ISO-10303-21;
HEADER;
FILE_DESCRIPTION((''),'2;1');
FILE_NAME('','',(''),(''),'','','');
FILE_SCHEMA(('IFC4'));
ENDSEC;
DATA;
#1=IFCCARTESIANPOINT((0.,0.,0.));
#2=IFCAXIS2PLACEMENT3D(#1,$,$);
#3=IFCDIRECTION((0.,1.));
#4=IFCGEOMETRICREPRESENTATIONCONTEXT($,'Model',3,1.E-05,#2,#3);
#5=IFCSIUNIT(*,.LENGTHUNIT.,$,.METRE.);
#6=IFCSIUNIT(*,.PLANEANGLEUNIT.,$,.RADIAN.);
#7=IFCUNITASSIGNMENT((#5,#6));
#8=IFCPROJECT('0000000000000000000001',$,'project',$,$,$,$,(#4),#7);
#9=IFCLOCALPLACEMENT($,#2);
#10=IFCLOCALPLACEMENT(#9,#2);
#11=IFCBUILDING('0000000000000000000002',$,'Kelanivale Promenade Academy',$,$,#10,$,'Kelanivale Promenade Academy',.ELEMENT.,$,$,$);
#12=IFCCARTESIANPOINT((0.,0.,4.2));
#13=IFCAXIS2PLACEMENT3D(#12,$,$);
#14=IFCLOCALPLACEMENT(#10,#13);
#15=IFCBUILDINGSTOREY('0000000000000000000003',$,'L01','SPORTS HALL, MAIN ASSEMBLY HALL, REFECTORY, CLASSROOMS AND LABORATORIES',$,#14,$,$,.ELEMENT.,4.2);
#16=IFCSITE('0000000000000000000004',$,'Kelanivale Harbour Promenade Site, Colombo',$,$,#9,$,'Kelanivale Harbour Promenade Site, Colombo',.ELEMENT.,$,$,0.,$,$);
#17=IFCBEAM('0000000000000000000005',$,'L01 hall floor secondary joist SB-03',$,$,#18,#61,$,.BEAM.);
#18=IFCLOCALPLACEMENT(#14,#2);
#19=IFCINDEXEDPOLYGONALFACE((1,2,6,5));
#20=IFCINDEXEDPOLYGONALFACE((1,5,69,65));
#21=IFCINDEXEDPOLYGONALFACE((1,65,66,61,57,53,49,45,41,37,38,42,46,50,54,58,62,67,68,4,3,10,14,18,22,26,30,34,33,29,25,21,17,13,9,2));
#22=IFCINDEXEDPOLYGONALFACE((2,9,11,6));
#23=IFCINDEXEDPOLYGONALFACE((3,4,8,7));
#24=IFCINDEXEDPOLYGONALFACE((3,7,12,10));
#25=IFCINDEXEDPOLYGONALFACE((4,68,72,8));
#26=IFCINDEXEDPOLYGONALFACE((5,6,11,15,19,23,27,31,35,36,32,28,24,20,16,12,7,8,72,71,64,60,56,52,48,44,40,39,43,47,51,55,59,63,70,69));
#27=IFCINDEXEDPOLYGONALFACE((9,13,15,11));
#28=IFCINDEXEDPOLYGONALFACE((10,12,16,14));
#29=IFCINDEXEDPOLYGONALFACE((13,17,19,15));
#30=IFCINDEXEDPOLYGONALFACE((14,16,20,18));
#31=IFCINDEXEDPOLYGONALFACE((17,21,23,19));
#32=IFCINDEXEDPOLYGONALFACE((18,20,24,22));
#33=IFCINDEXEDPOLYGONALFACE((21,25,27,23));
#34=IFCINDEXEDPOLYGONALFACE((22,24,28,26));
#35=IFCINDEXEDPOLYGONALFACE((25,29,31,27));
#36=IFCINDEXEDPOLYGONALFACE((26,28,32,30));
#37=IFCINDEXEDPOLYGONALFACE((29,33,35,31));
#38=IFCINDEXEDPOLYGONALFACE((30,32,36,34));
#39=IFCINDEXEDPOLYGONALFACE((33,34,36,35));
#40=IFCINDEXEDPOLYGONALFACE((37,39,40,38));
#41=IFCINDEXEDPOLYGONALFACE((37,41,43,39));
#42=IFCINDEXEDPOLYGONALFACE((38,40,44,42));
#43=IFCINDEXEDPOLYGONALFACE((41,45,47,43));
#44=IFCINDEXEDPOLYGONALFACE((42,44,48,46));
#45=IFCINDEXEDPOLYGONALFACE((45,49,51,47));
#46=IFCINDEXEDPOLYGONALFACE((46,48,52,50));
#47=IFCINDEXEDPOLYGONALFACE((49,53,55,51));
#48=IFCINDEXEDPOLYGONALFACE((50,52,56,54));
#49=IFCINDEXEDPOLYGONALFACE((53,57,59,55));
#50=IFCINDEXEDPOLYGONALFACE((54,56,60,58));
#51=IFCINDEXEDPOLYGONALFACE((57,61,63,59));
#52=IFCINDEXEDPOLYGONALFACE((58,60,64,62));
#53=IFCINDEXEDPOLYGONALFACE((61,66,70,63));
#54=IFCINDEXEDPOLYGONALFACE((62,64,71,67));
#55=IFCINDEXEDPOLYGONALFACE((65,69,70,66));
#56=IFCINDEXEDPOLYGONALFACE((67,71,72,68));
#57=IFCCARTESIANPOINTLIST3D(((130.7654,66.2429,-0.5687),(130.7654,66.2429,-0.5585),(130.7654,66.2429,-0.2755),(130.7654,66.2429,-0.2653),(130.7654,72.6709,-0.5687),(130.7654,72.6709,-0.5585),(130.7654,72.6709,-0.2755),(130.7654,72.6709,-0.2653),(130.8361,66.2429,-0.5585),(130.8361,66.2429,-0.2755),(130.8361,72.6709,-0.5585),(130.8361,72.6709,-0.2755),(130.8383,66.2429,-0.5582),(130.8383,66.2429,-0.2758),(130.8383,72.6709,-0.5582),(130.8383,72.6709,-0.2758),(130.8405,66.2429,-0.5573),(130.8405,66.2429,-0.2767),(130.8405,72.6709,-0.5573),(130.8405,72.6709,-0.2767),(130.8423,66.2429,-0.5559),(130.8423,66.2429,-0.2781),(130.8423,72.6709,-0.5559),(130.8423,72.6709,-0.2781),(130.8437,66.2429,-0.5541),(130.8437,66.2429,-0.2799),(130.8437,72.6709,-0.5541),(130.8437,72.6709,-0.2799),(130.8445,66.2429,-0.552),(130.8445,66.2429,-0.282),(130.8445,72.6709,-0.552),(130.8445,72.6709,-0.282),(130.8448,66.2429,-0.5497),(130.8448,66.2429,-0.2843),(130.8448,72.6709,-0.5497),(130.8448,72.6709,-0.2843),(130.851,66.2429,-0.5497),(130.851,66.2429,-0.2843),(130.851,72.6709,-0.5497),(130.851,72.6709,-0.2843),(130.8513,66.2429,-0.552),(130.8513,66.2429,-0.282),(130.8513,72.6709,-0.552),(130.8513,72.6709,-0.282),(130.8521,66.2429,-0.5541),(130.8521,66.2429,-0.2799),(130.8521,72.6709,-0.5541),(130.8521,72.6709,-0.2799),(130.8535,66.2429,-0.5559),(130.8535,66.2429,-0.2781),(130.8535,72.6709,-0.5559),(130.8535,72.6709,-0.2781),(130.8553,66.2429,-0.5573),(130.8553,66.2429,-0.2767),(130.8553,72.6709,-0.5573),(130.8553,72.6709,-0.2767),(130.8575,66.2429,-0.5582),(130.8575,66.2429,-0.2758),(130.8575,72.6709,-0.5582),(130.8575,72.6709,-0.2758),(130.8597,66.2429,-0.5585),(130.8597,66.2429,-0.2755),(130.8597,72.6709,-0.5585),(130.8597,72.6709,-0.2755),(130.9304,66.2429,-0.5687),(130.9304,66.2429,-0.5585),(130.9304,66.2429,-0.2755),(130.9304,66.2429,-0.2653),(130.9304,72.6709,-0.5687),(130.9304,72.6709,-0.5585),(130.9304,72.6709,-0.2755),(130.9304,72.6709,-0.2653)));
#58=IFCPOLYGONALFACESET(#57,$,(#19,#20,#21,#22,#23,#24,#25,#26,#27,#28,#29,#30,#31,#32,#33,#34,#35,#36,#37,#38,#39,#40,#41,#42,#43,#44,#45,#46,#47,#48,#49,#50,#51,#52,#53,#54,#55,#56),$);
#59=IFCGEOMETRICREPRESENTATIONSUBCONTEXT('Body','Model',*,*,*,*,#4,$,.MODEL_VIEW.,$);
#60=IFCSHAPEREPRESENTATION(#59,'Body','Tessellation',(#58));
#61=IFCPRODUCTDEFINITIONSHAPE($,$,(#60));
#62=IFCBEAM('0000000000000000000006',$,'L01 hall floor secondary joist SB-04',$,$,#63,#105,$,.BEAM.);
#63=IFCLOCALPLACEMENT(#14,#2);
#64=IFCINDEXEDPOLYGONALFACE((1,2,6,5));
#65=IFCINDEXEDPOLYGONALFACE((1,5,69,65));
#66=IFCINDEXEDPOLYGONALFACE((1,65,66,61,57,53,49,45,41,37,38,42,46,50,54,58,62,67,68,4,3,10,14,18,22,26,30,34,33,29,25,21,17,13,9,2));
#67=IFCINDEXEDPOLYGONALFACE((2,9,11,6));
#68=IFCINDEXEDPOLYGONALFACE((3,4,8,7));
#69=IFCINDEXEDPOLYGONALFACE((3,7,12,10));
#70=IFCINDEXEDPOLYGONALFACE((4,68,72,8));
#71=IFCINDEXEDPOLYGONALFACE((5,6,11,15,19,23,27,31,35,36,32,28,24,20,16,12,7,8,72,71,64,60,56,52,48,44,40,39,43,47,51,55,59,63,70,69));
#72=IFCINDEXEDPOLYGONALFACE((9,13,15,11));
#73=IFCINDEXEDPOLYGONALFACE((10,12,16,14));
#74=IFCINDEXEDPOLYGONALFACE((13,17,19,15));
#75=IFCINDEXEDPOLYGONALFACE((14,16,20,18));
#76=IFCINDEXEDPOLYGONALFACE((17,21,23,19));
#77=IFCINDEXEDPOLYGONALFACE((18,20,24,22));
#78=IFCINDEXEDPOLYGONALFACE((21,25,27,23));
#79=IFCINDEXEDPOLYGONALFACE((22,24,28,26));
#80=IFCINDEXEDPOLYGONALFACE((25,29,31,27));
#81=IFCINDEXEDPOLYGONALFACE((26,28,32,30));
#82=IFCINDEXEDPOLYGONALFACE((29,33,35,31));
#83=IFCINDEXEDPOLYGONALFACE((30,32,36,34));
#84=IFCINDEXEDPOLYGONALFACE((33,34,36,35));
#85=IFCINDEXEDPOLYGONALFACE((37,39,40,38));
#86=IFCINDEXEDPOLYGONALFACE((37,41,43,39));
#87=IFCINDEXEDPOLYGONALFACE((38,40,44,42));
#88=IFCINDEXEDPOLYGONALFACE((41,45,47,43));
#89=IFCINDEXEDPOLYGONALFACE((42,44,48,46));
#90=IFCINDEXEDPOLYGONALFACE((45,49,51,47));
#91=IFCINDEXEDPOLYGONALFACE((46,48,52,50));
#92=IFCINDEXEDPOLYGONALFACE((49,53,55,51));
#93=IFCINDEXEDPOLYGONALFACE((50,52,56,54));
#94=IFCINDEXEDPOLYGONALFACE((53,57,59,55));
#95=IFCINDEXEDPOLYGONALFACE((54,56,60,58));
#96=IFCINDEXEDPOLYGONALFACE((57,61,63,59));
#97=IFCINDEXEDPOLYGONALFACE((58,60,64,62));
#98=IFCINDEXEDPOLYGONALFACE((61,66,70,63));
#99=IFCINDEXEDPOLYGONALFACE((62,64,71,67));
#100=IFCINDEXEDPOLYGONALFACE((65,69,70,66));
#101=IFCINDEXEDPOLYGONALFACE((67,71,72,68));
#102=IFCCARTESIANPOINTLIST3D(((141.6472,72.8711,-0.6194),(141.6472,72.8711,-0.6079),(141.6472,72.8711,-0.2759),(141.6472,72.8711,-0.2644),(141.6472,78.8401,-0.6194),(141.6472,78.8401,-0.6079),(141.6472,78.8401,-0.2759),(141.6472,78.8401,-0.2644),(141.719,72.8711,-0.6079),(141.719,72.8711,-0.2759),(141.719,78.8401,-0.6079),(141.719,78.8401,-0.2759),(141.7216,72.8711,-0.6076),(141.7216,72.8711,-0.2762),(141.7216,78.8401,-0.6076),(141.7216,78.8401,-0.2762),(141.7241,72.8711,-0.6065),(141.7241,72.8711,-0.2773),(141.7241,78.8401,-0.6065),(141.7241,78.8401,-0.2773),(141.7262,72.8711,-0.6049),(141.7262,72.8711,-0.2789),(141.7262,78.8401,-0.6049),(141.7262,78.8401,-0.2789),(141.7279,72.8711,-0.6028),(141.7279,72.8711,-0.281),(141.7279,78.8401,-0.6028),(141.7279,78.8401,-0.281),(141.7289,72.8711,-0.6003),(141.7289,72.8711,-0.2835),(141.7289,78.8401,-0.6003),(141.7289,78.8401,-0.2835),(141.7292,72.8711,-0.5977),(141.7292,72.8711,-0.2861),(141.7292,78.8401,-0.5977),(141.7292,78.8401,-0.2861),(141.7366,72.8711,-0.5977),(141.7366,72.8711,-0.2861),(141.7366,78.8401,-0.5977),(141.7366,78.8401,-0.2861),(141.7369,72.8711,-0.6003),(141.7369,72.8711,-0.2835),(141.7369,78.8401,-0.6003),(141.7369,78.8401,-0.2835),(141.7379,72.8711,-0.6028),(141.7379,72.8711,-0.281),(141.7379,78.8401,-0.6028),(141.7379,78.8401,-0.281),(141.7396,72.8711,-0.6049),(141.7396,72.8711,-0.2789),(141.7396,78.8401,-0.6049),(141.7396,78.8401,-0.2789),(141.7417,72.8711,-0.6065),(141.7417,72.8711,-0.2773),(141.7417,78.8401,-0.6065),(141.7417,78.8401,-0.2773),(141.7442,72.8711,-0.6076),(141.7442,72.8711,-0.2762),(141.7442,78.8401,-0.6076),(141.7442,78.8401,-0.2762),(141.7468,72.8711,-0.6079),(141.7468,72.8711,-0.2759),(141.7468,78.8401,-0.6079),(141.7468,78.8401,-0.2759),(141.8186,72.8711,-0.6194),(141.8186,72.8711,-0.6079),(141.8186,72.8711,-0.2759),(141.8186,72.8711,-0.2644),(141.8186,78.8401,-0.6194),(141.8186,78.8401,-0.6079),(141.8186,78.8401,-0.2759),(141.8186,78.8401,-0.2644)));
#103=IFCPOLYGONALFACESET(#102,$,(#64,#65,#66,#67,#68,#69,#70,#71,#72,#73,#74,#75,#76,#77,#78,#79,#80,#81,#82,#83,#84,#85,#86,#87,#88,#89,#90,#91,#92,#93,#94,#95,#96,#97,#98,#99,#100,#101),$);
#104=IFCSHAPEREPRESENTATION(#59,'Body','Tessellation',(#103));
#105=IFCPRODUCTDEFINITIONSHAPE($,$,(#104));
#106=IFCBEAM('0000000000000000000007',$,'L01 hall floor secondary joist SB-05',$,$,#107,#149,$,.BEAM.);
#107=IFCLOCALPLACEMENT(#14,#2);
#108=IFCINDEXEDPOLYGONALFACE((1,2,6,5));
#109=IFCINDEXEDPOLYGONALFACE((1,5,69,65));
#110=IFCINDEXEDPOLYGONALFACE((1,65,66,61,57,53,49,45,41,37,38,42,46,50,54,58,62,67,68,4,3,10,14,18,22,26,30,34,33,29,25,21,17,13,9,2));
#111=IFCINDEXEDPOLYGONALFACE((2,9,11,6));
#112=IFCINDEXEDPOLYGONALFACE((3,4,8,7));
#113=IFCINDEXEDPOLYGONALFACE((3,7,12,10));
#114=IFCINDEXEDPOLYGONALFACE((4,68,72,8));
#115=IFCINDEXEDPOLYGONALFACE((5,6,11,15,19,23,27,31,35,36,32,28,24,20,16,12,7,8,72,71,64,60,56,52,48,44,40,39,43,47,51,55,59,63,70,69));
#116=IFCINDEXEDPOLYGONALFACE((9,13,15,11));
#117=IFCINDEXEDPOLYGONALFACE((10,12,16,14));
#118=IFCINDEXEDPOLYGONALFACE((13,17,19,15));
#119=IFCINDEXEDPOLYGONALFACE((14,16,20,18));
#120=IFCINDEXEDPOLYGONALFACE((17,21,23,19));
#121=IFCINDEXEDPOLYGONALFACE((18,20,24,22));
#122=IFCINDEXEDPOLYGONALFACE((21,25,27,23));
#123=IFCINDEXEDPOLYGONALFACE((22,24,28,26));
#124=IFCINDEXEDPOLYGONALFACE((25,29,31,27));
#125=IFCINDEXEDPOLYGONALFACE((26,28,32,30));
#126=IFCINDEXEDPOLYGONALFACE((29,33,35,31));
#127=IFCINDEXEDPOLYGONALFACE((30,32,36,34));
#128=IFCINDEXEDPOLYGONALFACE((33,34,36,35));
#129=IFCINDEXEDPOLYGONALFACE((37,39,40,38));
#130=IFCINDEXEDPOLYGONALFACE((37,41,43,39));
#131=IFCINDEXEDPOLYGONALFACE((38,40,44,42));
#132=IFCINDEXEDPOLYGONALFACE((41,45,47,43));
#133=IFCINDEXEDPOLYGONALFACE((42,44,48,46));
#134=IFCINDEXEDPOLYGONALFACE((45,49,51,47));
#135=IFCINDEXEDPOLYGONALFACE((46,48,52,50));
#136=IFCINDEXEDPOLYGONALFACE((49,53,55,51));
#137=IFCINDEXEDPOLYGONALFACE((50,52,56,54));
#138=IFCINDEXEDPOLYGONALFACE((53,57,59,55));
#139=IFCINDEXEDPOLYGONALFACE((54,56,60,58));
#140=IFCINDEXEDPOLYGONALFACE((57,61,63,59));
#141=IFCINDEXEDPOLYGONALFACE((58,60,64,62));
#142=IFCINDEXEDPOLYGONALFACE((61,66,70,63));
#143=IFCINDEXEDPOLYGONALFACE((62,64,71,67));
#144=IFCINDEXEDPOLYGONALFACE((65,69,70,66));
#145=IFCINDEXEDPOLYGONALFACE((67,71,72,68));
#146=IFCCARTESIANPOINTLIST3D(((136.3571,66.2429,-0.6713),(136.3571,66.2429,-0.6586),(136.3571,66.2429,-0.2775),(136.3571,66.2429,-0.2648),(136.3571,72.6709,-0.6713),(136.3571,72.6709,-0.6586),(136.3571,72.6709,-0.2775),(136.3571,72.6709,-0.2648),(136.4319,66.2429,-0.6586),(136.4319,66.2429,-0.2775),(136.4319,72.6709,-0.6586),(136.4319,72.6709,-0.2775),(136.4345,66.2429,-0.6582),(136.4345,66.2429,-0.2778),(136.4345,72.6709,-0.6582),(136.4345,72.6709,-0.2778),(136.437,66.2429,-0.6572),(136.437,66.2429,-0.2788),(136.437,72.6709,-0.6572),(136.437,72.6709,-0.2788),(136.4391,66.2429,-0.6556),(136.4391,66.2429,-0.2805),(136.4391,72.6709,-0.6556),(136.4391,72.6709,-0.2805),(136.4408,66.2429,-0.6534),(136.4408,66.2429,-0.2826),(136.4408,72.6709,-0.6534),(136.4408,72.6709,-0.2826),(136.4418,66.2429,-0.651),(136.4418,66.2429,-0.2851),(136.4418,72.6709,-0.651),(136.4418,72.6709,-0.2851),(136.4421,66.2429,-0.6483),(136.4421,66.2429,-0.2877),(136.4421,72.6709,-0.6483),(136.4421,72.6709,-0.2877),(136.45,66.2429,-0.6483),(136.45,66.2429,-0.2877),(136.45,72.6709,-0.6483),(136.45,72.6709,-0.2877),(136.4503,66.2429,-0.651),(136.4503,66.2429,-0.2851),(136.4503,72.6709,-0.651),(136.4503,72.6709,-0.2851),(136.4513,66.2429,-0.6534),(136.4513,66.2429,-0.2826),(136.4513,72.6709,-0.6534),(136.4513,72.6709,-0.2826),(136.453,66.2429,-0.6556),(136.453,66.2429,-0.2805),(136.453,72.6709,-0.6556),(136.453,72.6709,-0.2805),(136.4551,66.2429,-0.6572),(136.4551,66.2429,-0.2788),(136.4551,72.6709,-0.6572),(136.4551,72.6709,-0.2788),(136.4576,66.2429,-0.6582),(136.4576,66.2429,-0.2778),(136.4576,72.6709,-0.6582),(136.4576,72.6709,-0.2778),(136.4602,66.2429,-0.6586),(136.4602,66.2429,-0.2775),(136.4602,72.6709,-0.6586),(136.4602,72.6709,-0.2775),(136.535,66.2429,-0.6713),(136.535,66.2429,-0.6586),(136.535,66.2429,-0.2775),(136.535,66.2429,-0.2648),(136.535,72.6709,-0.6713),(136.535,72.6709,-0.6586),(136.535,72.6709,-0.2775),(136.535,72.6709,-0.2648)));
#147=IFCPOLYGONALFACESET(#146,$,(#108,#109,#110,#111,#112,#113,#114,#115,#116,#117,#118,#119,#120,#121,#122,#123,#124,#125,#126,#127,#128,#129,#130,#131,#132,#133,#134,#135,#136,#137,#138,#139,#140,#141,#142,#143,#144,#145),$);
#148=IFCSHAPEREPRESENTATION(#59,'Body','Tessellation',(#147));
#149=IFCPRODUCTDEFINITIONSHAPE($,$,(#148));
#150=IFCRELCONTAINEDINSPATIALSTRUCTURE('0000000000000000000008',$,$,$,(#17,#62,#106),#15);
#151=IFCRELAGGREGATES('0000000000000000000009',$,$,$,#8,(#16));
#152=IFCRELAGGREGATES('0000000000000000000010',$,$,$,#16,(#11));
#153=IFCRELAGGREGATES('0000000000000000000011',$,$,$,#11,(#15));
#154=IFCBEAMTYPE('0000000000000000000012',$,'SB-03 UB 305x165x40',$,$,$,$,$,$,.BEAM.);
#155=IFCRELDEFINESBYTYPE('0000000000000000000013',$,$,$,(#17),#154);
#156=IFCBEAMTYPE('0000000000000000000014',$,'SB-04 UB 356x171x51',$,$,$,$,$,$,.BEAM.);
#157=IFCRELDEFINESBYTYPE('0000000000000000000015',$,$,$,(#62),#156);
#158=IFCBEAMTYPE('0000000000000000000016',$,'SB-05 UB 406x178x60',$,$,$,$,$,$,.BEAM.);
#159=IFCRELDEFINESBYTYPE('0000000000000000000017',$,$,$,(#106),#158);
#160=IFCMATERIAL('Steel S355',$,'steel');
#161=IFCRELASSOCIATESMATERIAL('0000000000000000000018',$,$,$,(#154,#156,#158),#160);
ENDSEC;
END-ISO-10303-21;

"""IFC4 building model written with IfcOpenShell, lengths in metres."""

from ifc_helpers import new_model, si_unit, direction, frame, origin, origin_2d, place, context, subcontext, project, spatial, i_section, extrude, material, material_profile, profile_set, type_object, element, save


model = new_model("IFC4")

# Units and contexts
model_context = context("Model", 3, precision=1e-05, world=origin(), true_north=direction((0.0, 1.0)))
body_context = subcontext(model_context, "Body", "Model", "MODEL_VIEW")
ifc_project = project(units=[si_unit("LENGTHUNIT", "METRE"), si_unit("PLANEANGLEUNIT", "RADIAN")], contexts=[model_context])

# Site, building, storey
site_placement = place(None, origin())
site = spatial("IfcSite", under=ifc_project, at=site_placement, Name="Kelanivale Harbour Promenade Site, Colombo", LongName="Kelanivale Harbour Promenade Site, Colombo", CompositionType="ELEMENT", RefElevation=0.0)
building_placement = place(site_placement, origin())
building = spatial("IfcBuilding", under=site, at=building_placement, Name="Kelanivale Promenade Academy", LongName="Kelanivale Promenade Academy", CompositionType="ELEMENT")
storey_placement = place(building_placement, frame((0.0, 0.0, 4.2)))
storey = spatial("IfcBuildingStorey", under=building, at=storey_placement, Name="L01", Description="SPORTS HALL, MAIN ASSEMBLY HALL, REFECTORY, CLASSROOMS AND LABORATORIES", CompositionType="ELEMENT", Elevation=4.2)

# Beams
ifc_material_1 = material(Name="Steel S355", Category="steel")
ifc_material_profile_1 = material_profile(ifc_material_1, i_section(OverallWidth=0.165, OverallDepth=0.3035, WebThickness=0.0061, FlangeThickness=0.0103, FilletRadius=0.0088, at=origin_2d()), Name="UB 305x165x40")
ifc_profile_set_1 = profile_set([ifc_material_profile_1], Name="Steel S355")
beam_type_1 = type_object("IfcBeamType", Name="SB-03 UB 305x165x40", PredefinedType="BEAM", material=ifc_profile_set_1)
beam_1_placement = place(storey_placement, frame((130.8479, 66.2429, -0.417), z_axis=(0.0, 1.0, 0.0), x_axis=(-1.0, 0.0, 0.0)))
element("IfcBeam", 1, at=beam_1_placement, inside=storey, type_object=beam_type_1, Name="L01 hall floor secondary joist SB-03", PredefinedType="BEAM", context=body_context, shape_type="SweptSolid", body=[
    extrude(i_section(OverallWidth=0.165, OverallDepth=0.3035, WebThickness=0.0061, FlangeThickness=0.0103, FilletRadius=0.0088, at=origin_2d()), origin(), (0.0, 0.0, 1.0), 6.428),
])
ifc_material_profile_2 = material_profile(ifc_material_1, i_section(OverallWidth=0.1714, OverallDepth=0.355, WebThickness=0.0073, FlangeThickness=0.0115, FilletRadius=0.0103, at=origin_2d()), Name="UB 356x171x51")
ifc_profile_set_2 = profile_set([ifc_material_profile_2], Name="Steel S355")
beam_type_2 = type_object("IfcBeamType", Name="SB-04 UB 356x171x51", PredefinedType="BEAM", material=ifc_profile_set_2)
beam_2_placement = place(storey_placement, frame((141.7329, 72.8711, -0.4419), z_axis=(0.0, 1.0, 0.0), x_axis=(-1.0, 0.0, 0.0)))
element("IfcBeam", 2, at=beam_2_placement, inside=storey, type_object=beam_type_2, Name="L01 hall floor secondary joist SB-04", PredefinedType="BEAM", context=body_context, shape_type="SweptSolid", body=[
    extrude(i_section(OverallWidth=0.1714, OverallDepth=0.355, WebThickness=0.0073, FlangeThickness=0.0115, FilletRadius=0.0103, at=origin_2d()), origin(), (0.0, 0.0, 1.0), 5.969),
])
ifc_material_profile_3 = material_profile(ifc_material_1, i_section(OverallWidth=0.178, OverallDepth=0.4065, WebThickness=0.0078, FlangeThickness=0.0127, FilletRadius=0.0103, at=origin_2d()), Name="UB 406x178x60")
ifc_profile_set_3 = profile_set([ifc_material_profile_3], Name="Steel S355")
beam_type_3 = type_object("IfcBeamType", Name="SB-05 UB 406x178x60", PredefinedType="BEAM", material=ifc_profile_set_3)
beam_3_placement = place(storey_placement, frame((136.446, 66.2429, -0.468), z_axis=(0.0, 1.0, 0.0), x_axis=(-1.0, 0.0, 0.0)))
element("IfcBeam", 3, at=beam_3_placement, inside=storey, type_object=beam_type_3, Name="L01 hall floor secondary joist SB-05", PredefinedType="BEAM", context=body_context, shape_type="SweptSolid", body=[
    extrude(i_section(OverallWidth=0.178, OverallDepth=0.4065, WebThickness=0.0078, FlangeThickness=0.0127, FilletRadius=0.0103, at=origin_2d()), origin(), (0.0, 0.0, 1.0), 6.428),
])

save(model, "model.ifc")
